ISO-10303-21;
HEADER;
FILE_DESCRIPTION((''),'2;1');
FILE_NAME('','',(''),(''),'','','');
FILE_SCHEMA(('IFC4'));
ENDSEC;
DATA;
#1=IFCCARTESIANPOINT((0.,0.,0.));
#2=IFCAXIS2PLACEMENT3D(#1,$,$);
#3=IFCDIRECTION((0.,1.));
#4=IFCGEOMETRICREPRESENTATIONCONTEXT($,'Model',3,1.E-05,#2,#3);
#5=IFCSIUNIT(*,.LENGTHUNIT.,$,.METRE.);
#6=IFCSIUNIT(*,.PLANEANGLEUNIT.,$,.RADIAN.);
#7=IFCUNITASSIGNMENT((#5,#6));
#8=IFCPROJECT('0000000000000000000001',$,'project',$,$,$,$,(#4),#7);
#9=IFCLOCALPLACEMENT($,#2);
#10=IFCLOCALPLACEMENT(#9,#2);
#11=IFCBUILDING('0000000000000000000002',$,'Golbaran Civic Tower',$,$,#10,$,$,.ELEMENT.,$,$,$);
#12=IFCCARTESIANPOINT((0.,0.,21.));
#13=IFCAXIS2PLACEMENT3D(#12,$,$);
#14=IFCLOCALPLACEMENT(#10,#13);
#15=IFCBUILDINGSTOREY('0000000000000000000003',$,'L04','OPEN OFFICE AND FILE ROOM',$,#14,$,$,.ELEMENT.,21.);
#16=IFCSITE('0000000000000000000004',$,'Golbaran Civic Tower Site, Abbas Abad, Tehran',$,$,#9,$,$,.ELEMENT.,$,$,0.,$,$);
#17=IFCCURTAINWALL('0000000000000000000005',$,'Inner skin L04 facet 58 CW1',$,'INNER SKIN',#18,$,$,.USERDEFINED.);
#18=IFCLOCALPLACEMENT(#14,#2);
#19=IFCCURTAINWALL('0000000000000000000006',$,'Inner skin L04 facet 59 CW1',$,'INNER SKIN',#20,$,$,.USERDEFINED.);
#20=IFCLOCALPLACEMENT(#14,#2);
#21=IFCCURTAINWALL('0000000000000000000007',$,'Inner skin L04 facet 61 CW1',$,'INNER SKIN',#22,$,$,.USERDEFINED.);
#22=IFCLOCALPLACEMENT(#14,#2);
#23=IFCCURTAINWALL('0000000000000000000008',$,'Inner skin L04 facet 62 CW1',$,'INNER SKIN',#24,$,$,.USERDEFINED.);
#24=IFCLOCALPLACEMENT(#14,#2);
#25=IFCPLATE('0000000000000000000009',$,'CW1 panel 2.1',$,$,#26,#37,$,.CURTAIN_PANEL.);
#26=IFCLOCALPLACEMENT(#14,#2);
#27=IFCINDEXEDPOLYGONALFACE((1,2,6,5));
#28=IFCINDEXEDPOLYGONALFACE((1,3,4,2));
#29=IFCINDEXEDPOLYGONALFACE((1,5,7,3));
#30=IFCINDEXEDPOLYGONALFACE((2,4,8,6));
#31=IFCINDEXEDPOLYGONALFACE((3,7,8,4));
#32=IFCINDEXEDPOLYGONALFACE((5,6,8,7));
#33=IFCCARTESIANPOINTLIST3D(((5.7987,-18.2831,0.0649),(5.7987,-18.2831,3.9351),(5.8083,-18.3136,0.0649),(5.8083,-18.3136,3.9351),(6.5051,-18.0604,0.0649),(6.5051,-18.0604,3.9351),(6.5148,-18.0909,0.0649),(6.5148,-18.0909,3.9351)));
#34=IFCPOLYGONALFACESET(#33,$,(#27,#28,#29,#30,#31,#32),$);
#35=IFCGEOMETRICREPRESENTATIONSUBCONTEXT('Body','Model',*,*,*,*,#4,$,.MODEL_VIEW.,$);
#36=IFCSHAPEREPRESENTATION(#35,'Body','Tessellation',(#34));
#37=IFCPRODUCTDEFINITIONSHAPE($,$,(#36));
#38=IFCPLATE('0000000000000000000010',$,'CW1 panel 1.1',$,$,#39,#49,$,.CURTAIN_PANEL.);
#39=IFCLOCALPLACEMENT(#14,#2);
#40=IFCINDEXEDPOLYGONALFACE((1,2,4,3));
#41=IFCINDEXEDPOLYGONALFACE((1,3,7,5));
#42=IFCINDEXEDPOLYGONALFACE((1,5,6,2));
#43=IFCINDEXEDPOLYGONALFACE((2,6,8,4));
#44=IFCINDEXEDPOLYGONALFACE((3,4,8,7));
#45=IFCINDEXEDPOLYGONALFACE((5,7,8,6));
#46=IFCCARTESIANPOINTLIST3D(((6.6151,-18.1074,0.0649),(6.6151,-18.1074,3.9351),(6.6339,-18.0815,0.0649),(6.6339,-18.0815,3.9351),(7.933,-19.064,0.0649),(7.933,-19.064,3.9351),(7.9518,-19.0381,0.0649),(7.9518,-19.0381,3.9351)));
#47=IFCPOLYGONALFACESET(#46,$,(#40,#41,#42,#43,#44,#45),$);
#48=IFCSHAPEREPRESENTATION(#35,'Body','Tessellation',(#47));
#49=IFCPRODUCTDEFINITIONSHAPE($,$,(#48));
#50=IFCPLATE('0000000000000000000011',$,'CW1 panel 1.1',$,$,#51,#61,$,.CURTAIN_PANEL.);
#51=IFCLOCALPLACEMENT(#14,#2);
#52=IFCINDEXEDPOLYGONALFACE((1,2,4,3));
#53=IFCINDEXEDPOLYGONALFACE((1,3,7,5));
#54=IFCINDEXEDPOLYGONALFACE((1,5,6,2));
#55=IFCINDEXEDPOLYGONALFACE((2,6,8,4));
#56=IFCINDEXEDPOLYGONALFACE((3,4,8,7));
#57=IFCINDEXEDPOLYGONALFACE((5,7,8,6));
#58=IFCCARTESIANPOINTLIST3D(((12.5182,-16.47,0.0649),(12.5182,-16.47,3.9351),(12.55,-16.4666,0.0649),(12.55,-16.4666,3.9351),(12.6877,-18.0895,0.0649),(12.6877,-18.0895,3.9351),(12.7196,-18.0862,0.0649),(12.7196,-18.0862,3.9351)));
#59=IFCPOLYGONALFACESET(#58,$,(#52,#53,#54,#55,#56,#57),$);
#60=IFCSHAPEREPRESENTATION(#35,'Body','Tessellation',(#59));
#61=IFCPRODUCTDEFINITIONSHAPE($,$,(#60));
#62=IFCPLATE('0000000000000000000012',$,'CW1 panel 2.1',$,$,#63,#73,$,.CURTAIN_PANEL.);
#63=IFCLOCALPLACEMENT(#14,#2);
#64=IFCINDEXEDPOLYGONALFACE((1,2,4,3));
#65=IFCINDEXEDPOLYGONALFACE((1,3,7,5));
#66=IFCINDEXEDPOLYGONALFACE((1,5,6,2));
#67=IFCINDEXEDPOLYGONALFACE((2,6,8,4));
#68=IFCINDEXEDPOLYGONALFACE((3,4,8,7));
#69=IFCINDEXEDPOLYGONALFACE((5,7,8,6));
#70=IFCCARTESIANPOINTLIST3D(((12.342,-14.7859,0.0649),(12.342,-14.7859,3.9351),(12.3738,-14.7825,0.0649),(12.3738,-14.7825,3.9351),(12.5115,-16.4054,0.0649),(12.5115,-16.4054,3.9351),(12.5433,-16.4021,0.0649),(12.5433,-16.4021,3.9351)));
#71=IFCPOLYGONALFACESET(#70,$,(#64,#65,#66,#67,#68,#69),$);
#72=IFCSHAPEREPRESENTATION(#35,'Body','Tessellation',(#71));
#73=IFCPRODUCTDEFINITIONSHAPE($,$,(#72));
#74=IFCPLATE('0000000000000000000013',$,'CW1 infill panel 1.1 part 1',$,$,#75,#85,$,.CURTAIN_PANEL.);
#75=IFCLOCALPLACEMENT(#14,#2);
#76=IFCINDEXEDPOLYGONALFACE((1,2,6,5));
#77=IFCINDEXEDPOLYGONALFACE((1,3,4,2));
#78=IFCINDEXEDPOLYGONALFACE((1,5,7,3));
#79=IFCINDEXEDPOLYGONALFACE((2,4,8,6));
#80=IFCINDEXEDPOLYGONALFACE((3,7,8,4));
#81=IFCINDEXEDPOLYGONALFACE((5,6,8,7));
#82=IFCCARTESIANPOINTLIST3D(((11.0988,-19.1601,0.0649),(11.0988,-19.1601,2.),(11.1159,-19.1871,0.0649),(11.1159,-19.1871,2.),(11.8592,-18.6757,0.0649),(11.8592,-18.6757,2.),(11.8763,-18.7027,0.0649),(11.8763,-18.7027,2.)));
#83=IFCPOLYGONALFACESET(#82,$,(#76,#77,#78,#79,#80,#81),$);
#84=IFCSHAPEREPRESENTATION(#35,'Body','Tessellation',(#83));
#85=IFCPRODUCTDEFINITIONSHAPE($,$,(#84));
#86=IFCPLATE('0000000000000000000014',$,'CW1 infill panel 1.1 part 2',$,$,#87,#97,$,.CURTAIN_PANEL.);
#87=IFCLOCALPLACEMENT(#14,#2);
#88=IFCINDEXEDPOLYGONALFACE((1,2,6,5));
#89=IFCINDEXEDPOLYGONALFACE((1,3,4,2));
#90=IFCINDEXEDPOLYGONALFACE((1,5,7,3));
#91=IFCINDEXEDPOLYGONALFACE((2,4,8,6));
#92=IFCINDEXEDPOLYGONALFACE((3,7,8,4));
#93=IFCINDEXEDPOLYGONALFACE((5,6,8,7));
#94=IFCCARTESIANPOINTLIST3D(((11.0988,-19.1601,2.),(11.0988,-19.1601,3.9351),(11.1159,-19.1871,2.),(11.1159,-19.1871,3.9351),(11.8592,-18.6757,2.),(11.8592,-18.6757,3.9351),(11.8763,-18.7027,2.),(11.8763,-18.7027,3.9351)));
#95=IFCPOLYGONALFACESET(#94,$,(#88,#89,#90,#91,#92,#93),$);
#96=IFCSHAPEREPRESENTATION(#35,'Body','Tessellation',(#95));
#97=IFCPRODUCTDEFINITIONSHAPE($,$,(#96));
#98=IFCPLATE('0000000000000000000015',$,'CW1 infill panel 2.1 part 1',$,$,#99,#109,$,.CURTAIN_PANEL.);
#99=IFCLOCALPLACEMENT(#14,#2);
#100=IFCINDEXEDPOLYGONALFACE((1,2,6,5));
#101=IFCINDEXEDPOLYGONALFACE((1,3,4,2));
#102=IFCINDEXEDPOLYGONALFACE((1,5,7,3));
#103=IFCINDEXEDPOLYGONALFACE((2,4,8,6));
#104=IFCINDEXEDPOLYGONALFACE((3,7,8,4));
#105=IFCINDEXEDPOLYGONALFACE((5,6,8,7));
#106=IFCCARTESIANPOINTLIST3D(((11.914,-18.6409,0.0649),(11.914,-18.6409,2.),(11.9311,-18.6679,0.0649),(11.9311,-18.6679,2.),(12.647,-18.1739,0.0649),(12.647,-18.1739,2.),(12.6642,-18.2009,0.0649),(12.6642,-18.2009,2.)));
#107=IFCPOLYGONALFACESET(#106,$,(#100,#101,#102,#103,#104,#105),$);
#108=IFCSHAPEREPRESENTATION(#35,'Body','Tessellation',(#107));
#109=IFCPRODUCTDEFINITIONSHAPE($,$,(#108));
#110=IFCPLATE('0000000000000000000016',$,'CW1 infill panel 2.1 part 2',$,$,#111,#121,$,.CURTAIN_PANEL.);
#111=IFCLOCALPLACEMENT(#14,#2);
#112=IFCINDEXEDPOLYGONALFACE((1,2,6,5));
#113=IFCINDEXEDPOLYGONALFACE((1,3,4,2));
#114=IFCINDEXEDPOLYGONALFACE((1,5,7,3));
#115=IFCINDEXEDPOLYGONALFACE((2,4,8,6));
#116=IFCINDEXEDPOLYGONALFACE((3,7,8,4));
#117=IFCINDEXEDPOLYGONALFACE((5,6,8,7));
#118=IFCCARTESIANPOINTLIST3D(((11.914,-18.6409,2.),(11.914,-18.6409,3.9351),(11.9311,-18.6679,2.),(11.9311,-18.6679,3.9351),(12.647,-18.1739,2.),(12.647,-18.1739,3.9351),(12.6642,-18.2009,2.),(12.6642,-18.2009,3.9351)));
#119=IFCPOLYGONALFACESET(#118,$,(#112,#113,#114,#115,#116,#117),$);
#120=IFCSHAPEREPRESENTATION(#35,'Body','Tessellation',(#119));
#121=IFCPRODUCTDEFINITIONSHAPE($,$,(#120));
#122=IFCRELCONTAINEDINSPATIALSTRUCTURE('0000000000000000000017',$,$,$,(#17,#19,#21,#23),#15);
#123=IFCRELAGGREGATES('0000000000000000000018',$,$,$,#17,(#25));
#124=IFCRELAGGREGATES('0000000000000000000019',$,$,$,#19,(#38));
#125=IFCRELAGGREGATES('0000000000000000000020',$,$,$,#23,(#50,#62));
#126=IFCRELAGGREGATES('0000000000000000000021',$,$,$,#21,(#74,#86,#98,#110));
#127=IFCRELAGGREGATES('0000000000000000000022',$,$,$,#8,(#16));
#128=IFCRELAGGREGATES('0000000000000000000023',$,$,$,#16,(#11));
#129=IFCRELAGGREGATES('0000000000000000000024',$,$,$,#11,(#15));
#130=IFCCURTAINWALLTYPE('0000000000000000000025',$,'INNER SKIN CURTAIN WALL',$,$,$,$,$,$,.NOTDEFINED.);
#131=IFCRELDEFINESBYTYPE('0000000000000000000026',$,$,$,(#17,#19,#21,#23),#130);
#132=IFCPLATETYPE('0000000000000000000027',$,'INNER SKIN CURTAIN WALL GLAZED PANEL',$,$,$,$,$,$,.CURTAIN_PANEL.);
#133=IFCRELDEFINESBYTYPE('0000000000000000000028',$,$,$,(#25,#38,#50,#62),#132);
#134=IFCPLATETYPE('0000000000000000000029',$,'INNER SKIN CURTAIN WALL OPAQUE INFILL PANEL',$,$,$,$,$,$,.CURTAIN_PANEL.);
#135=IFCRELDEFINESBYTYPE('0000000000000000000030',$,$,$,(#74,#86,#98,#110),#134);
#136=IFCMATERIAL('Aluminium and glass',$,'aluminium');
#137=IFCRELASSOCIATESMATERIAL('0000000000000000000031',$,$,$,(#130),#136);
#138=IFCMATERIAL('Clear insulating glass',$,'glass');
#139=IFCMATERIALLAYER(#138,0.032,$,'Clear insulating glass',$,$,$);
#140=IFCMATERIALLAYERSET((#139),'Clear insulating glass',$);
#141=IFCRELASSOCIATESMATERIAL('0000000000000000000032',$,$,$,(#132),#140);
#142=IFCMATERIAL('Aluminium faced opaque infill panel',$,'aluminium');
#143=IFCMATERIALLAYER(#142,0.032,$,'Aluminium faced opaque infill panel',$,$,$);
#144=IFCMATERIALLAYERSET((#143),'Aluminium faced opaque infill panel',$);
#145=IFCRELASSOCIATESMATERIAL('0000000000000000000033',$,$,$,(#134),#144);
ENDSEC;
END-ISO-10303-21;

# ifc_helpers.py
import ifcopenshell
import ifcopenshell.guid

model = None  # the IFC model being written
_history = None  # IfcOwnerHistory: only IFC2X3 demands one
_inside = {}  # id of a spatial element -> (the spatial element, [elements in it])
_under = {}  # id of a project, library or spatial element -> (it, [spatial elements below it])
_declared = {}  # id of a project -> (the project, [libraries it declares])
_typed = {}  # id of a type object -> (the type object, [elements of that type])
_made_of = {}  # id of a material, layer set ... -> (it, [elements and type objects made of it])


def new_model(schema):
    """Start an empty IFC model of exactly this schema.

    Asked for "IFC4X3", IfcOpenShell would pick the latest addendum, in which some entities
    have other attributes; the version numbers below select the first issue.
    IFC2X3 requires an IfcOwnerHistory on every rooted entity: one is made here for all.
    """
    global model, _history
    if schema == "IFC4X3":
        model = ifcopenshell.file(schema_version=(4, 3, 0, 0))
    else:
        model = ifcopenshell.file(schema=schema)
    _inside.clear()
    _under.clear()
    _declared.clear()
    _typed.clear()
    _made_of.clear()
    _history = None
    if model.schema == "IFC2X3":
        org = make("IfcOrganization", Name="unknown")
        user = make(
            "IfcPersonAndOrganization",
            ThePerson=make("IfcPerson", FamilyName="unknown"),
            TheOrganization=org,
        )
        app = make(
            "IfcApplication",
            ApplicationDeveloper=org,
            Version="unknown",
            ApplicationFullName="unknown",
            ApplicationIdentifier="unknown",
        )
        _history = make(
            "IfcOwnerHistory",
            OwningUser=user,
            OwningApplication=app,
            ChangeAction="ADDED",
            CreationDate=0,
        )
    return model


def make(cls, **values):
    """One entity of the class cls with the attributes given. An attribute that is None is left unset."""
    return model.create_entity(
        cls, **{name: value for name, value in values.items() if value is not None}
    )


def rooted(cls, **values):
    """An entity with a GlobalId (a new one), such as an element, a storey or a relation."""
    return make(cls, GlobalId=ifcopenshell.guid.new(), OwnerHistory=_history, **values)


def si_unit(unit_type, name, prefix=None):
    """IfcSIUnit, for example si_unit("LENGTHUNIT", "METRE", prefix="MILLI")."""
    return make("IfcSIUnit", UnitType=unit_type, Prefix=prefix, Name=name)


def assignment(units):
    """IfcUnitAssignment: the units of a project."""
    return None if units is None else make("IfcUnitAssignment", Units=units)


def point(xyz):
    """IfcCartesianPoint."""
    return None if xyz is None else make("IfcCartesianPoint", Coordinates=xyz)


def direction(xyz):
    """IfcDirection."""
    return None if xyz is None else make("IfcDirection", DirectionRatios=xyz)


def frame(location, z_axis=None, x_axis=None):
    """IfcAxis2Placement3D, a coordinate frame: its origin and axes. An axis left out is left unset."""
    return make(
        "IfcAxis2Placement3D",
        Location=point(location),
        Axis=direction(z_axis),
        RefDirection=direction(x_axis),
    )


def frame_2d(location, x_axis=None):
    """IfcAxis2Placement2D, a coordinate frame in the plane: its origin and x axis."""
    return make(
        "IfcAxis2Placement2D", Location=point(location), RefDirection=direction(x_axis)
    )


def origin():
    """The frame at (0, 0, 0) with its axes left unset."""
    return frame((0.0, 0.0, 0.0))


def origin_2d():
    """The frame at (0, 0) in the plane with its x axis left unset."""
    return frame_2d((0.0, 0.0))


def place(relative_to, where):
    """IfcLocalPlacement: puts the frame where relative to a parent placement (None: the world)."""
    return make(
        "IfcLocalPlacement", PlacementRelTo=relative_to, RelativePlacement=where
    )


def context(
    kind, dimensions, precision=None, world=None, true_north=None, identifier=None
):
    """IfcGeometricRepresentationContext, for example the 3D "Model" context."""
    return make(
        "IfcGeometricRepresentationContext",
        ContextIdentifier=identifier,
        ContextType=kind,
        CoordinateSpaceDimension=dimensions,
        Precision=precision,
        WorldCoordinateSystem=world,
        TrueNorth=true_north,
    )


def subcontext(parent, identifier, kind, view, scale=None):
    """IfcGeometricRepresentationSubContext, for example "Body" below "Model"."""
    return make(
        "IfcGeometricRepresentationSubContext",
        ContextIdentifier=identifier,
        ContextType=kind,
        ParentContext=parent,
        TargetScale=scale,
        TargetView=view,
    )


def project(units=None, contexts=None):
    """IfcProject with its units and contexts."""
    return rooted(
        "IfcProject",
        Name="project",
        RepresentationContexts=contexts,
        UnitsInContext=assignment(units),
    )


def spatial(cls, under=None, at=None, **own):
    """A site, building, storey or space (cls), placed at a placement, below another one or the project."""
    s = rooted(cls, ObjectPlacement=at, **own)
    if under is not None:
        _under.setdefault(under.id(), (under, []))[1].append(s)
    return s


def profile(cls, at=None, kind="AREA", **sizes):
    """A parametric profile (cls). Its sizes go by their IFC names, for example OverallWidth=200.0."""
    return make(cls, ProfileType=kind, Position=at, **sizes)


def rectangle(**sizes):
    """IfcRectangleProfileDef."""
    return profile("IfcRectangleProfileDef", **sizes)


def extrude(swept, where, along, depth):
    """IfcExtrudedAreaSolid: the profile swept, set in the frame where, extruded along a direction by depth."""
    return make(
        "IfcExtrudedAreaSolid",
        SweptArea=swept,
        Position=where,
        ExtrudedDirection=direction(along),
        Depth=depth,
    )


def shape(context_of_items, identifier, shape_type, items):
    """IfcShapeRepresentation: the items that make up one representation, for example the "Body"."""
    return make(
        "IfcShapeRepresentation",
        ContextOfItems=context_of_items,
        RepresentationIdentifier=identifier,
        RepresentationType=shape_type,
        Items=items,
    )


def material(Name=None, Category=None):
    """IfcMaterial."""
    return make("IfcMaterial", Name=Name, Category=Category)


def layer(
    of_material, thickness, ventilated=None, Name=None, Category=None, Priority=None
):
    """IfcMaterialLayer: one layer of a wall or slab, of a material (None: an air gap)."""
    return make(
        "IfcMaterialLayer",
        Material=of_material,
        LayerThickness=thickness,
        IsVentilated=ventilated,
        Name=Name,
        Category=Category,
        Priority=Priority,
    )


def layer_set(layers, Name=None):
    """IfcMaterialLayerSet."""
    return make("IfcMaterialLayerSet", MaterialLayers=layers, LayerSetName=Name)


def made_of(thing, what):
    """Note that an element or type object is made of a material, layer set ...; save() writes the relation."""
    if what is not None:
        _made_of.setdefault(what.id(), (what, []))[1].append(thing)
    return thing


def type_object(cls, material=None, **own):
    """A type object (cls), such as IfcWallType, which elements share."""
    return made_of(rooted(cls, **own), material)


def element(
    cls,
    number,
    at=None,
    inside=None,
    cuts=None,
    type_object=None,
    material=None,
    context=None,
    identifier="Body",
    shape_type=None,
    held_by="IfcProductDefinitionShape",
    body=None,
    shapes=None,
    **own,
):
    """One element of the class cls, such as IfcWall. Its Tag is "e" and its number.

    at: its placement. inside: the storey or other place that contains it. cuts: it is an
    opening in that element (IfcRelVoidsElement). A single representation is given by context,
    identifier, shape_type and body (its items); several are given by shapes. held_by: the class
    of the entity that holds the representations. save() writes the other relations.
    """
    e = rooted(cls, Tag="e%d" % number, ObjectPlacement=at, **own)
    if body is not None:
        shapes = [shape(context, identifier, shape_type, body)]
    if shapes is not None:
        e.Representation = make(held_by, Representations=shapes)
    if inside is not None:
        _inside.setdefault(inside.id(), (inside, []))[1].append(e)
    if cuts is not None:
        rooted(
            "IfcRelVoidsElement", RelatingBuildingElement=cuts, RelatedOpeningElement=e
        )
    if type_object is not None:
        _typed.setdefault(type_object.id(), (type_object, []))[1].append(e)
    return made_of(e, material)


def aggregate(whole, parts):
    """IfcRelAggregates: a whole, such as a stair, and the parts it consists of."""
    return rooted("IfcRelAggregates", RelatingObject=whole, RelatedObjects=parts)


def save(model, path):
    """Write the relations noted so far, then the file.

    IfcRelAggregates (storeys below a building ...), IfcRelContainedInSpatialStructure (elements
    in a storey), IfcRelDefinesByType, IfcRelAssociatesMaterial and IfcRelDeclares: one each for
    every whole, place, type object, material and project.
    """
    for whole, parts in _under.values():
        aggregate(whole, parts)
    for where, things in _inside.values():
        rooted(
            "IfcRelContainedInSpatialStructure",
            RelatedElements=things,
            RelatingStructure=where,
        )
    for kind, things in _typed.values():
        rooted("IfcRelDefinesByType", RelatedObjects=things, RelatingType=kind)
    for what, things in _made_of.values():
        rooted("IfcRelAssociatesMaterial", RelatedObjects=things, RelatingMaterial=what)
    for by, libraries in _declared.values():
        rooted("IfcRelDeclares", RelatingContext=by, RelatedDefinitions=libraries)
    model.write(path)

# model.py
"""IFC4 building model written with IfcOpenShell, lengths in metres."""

from ifc_helpers import new_model, si_unit, direction, frame, origin, origin_2d, place, context, subcontext, project, spatial, rectangle, extrude, material, layer, layer_set, type_object, element, aggregate, save


model = new_model("IFC4")

# Units and contexts
model_context = context("Model", 3, precision=1e-05, world=origin(), true_north=direction((0.0, 1.0)))
body_context = subcontext(model_context, "Body", "Model", "MODEL_VIEW")
ifc_project = project(units=[si_unit("LENGTHUNIT", "METRE"), si_unit("PLANEANGLEUNIT", "RADIAN")], contexts=[model_context])

# Site, building, storey
site_placement = place(None, origin())
site = spatial("IfcSite", under=ifc_project, at=site_placement, Name="Golbaran Civic Tower Site, Abbas Abad, Tehran", CompositionType="ELEMENT", RefElevation=0.0)
building_placement = place(site_placement, origin())
building = spatial("IfcBuilding", under=site, at=building_placement, Name="Golbaran Civic Tower", CompositionType="ELEMENT")
storey_placement = place(building_placement, frame((0.0, 0.0, 21.0)))
storey = spatial("IfcBuildingStorey", under=building, at=storey_placement, Name="L04", Description="OPEN OFFICE AND FILE ROOM", CompositionType="ELEMENT", Elevation=21.0)

# Shared definitions
ifc_material_1 = material(Name="Aluminium and glass", Category="aluminium")
curtain_wall_type = type_object("IfcCurtainWallType", Name="INNER SKIN CURTAIN WALL", PredefinedType="NOTDEFINED", material=ifc_material_1)

# Curtain wall
curtain_wall_1_placement = place(storey_placement, origin())
curtain_wall_1 = element("IfcCurtainWall", 1, at=curtain_wall_1_placement, inside=storey, type_object=curtain_wall_type, Name="Inner skin L04 facet 58 CW1", ObjectType="INNER SKIN", PredefinedType="USERDEFINED")

# Curtain walls
curtain_wall_2_placement = place(storey_placement, origin())
curtain_wall_2 = element("IfcCurtainWall", 2, at=curtain_wall_2_placement, inside=storey, type_object=curtain_wall_type, Name="Inner skin L04 facet 59 CW1", ObjectType="INNER SKIN", PredefinedType="USERDEFINED")
curtain_wall_3_placement = place(storey_placement, origin())
curtain_wall_3 = element("IfcCurtainWall", 3, at=curtain_wall_3_placement, inside=storey, type_object=curtain_wall_type, Name="Inner skin L04 facet 61 CW1", ObjectType="INNER SKIN", PredefinedType="USERDEFINED")
curtain_wall_4_placement = place(storey_placement, origin())
curtain_wall_4 = element("IfcCurtainWall", 4, at=curtain_wall_4_placement, inside=storey, type_object=curtain_wall_type, Name="Inner skin L04 facet 62 CW1", ObjectType="INNER SKIN", PredefinedType="USERDEFINED")

# Plates
ifc_material_2 = material(Name="Clear insulating glass", Category="glass")
ifc_layer_1 = layer(ifc_material_2, 0.032, Name="Clear insulating glass")
ifc_layer_set_1 = layer_set([ifc_layer_1], Name="Clear insulating glass")
plate_type_1 = type_object("IfcPlateType", Name="INNER SKIN CURTAIN WALL GLAZED PANEL", PredefinedType="CURTAIN_PANEL", material=ifc_layer_set_1)
plate_1_placement = place(storey_placement, frame((6.1567, -18.187, 0.0649), z_axis=(0.0, 0.0, 1.0), x_axis=(0.953717, 0.300706, 0.0)))
plate_1 = element("IfcPlate", 5, at=plate_1_placement, type_object=plate_type_1, Name="CW1 panel 2.1", PredefinedType="CURTAIN_PANEL", context=body_context, shape_type="SweptSolid", body=[
    extrude(rectangle(XDim=0.7407, YDim=0.032, at=origin_2d()), origin(), (0.0, 0.0, 1.0), 3.8701),
])
aggregate(curtain_wall_1, [plate_1])
plate_2_placement = place(storey_placement, frame((7.2834, -18.5728, 0.0649), z_axis=(0.0, 0.0, 1.0), x_axis=(0.809274, -0.587431, 0.0)))
plate_2 = element("IfcPlate", 6, at=plate_2_placement, type_object=plate_type_1, Name="CW1 panel 1.1", PredefinedType="CURTAIN_PANEL", context=body_context, shape_type="SweptSolid", body=[
    extrude(rectangle(XDim=1.6284, YDim=0.032, at=origin_2d()), origin(), (0.0, 0.0, 1.0), 3.8701),
])
aggregate(curtain_wall_2, [plate_2])
plate_3_placement = place(storey_placement, frame((12.6189, -17.2781, 0.0649), z_axis=(0.0, 0.0, 1.0), x_axis=(-0.104093, 0.994568, 0.0)))
plate_3 = element("IfcPlate", 7, at=plate_3_placement, type_object=plate_type_1, Name="CW1 panel 1.1", PredefinedType="CURTAIN_PANEL", context=body_context, shape_type="SweptSolid", body=[
    extrude(rectangle(XDim=1.6284, YDim=0.032, at=origin_2d()), origin(), (0.0, 0.0, 1.0), 3.8701),
])
plate_4_placement = place(storey_placement, frame((12.4426, -15.594, 0.0649), z_axis=(0.0, 0.0, 1.0), x_axis=(-0.104093, 0.994568, 0.0)))
plate_4 = element("IfcPlate", 8, at=plate_4_placement, type_object=plate_type_1, Name="CW1 panel 2.1", PredefinedType="CURTAIN_PANEL", context=body_context, shape_type="SweptSolid", body=[
    extrude(rectangle(XDim=1.6284, YDim=0.032, at=origin_2d()), origin(), (0.0, 0.0, 1.0), 3.8701),
])
aggregate(curtain_wall_4, [plate_3, plate_4])
ifc_material_3 = material(Name="Aluminium faced opaque infill panel", Category="aluminium")
ifc_layer_2 = layer(ifc_material_3, 0.032, Name="Aluminium faced opaque infill panel")
ifc_layer_set_2 = layer_set([ifc_layer_2], Name="Aluminium faced opaque infill panel")
plate_type_2 = type_object("IfcPlateType", Name="INNER SKIN CURTAIN WALL OPAQUE INFILL PANEL", PredefinedType="CURTAIN_PANEL", material=ifc_layer_set_2)
plate_5_placement = place(storey_placement, frame((11.4875, -18.9314, 0.0649), z_axis=(0.0, 0.0, 1.0), x_axis=(0.843391, 0.5373, 0.0)))
plate_5 = element("IfcPlate", 9, at=plate_5_placement, type_object=plate_type_2, Name="CW1 infill panel 1.1 part 1", PredefinedType="CURTAIN_PANEL", context=body_context, shape_type="SweptSolid", body=[
    extrude(rectangle(XDim=0.9016, YDim=0.032, at=origin_2d()), origin(), (0.0, 0.0, 1.0), 1.9351),
])
plate_6_placement = place(storey_placement, frame((11.4875, -18.9314, 2.0), z_axis=(0.0, 0.0, 1.0), x_axis=(0.843391, 0.5373, 0.0)))
plate_6 = element("IfcPlate", 10, at=plate_6_placement, type_object=plate_type_2, Name="CW1 infill panel 1.1 part 2", PredefinedType="CURTAIN_PANEL", context=body_context, shape_type="SweptSolid", body=[
    extrude(rectangle(XDim=0.9016, YDim=0.032, at=origin_2d()), origin(), (0.0, 0.0, 1.0), 1.9351),
])
plate_7_placement = place(storey_placement, frame((12.2891, -18.4209, 0.0649), z_axis=(0.0, 0.0, 1.0), x_axis=(0.843391, 0.5373, 0.0)))
plate_7 = element("IfcPlate", 11, at=plate_7_placement, type_object=plate_type_2, Name="CW1 infill panel 2.1 part 1", PredefinedType="CURTAIN_PANEL", context=body_context, shape_type="SweptSolid", body=[
    extrude(rectangle(XDim=0.8691, YDim=0.032, at=origin_2d()), origin(), (0.0, 0.0, 1.0), 1.9351),
])
plate_8_placement = place(storey_placement, frame((12.2891, -18.4209, 2.0), z_axis=(0.0, 0.0, 1.0), x_axis=(0.843391, 0.5373, 0.0)))
plate_8 = element("IfcPlate", 12, at=plate_8_placement, type_object=plate_type_2, Name="CW1 infill panel 2.1 part 2", PredefinedType="CURTAIN_PANEL", context=body_context, shape_type="SweptSolid", body=[
    extrude(rectangle(XDim=0.8691, YDim=0.032, at=origin_2d()), origin(), (0.0, 0.0, 1.0), 1.9351),
])
aggregate(curtain_wall_3, [plate_5, plate_6, plate_7, plate_8])

save(model, "model.ifc")
